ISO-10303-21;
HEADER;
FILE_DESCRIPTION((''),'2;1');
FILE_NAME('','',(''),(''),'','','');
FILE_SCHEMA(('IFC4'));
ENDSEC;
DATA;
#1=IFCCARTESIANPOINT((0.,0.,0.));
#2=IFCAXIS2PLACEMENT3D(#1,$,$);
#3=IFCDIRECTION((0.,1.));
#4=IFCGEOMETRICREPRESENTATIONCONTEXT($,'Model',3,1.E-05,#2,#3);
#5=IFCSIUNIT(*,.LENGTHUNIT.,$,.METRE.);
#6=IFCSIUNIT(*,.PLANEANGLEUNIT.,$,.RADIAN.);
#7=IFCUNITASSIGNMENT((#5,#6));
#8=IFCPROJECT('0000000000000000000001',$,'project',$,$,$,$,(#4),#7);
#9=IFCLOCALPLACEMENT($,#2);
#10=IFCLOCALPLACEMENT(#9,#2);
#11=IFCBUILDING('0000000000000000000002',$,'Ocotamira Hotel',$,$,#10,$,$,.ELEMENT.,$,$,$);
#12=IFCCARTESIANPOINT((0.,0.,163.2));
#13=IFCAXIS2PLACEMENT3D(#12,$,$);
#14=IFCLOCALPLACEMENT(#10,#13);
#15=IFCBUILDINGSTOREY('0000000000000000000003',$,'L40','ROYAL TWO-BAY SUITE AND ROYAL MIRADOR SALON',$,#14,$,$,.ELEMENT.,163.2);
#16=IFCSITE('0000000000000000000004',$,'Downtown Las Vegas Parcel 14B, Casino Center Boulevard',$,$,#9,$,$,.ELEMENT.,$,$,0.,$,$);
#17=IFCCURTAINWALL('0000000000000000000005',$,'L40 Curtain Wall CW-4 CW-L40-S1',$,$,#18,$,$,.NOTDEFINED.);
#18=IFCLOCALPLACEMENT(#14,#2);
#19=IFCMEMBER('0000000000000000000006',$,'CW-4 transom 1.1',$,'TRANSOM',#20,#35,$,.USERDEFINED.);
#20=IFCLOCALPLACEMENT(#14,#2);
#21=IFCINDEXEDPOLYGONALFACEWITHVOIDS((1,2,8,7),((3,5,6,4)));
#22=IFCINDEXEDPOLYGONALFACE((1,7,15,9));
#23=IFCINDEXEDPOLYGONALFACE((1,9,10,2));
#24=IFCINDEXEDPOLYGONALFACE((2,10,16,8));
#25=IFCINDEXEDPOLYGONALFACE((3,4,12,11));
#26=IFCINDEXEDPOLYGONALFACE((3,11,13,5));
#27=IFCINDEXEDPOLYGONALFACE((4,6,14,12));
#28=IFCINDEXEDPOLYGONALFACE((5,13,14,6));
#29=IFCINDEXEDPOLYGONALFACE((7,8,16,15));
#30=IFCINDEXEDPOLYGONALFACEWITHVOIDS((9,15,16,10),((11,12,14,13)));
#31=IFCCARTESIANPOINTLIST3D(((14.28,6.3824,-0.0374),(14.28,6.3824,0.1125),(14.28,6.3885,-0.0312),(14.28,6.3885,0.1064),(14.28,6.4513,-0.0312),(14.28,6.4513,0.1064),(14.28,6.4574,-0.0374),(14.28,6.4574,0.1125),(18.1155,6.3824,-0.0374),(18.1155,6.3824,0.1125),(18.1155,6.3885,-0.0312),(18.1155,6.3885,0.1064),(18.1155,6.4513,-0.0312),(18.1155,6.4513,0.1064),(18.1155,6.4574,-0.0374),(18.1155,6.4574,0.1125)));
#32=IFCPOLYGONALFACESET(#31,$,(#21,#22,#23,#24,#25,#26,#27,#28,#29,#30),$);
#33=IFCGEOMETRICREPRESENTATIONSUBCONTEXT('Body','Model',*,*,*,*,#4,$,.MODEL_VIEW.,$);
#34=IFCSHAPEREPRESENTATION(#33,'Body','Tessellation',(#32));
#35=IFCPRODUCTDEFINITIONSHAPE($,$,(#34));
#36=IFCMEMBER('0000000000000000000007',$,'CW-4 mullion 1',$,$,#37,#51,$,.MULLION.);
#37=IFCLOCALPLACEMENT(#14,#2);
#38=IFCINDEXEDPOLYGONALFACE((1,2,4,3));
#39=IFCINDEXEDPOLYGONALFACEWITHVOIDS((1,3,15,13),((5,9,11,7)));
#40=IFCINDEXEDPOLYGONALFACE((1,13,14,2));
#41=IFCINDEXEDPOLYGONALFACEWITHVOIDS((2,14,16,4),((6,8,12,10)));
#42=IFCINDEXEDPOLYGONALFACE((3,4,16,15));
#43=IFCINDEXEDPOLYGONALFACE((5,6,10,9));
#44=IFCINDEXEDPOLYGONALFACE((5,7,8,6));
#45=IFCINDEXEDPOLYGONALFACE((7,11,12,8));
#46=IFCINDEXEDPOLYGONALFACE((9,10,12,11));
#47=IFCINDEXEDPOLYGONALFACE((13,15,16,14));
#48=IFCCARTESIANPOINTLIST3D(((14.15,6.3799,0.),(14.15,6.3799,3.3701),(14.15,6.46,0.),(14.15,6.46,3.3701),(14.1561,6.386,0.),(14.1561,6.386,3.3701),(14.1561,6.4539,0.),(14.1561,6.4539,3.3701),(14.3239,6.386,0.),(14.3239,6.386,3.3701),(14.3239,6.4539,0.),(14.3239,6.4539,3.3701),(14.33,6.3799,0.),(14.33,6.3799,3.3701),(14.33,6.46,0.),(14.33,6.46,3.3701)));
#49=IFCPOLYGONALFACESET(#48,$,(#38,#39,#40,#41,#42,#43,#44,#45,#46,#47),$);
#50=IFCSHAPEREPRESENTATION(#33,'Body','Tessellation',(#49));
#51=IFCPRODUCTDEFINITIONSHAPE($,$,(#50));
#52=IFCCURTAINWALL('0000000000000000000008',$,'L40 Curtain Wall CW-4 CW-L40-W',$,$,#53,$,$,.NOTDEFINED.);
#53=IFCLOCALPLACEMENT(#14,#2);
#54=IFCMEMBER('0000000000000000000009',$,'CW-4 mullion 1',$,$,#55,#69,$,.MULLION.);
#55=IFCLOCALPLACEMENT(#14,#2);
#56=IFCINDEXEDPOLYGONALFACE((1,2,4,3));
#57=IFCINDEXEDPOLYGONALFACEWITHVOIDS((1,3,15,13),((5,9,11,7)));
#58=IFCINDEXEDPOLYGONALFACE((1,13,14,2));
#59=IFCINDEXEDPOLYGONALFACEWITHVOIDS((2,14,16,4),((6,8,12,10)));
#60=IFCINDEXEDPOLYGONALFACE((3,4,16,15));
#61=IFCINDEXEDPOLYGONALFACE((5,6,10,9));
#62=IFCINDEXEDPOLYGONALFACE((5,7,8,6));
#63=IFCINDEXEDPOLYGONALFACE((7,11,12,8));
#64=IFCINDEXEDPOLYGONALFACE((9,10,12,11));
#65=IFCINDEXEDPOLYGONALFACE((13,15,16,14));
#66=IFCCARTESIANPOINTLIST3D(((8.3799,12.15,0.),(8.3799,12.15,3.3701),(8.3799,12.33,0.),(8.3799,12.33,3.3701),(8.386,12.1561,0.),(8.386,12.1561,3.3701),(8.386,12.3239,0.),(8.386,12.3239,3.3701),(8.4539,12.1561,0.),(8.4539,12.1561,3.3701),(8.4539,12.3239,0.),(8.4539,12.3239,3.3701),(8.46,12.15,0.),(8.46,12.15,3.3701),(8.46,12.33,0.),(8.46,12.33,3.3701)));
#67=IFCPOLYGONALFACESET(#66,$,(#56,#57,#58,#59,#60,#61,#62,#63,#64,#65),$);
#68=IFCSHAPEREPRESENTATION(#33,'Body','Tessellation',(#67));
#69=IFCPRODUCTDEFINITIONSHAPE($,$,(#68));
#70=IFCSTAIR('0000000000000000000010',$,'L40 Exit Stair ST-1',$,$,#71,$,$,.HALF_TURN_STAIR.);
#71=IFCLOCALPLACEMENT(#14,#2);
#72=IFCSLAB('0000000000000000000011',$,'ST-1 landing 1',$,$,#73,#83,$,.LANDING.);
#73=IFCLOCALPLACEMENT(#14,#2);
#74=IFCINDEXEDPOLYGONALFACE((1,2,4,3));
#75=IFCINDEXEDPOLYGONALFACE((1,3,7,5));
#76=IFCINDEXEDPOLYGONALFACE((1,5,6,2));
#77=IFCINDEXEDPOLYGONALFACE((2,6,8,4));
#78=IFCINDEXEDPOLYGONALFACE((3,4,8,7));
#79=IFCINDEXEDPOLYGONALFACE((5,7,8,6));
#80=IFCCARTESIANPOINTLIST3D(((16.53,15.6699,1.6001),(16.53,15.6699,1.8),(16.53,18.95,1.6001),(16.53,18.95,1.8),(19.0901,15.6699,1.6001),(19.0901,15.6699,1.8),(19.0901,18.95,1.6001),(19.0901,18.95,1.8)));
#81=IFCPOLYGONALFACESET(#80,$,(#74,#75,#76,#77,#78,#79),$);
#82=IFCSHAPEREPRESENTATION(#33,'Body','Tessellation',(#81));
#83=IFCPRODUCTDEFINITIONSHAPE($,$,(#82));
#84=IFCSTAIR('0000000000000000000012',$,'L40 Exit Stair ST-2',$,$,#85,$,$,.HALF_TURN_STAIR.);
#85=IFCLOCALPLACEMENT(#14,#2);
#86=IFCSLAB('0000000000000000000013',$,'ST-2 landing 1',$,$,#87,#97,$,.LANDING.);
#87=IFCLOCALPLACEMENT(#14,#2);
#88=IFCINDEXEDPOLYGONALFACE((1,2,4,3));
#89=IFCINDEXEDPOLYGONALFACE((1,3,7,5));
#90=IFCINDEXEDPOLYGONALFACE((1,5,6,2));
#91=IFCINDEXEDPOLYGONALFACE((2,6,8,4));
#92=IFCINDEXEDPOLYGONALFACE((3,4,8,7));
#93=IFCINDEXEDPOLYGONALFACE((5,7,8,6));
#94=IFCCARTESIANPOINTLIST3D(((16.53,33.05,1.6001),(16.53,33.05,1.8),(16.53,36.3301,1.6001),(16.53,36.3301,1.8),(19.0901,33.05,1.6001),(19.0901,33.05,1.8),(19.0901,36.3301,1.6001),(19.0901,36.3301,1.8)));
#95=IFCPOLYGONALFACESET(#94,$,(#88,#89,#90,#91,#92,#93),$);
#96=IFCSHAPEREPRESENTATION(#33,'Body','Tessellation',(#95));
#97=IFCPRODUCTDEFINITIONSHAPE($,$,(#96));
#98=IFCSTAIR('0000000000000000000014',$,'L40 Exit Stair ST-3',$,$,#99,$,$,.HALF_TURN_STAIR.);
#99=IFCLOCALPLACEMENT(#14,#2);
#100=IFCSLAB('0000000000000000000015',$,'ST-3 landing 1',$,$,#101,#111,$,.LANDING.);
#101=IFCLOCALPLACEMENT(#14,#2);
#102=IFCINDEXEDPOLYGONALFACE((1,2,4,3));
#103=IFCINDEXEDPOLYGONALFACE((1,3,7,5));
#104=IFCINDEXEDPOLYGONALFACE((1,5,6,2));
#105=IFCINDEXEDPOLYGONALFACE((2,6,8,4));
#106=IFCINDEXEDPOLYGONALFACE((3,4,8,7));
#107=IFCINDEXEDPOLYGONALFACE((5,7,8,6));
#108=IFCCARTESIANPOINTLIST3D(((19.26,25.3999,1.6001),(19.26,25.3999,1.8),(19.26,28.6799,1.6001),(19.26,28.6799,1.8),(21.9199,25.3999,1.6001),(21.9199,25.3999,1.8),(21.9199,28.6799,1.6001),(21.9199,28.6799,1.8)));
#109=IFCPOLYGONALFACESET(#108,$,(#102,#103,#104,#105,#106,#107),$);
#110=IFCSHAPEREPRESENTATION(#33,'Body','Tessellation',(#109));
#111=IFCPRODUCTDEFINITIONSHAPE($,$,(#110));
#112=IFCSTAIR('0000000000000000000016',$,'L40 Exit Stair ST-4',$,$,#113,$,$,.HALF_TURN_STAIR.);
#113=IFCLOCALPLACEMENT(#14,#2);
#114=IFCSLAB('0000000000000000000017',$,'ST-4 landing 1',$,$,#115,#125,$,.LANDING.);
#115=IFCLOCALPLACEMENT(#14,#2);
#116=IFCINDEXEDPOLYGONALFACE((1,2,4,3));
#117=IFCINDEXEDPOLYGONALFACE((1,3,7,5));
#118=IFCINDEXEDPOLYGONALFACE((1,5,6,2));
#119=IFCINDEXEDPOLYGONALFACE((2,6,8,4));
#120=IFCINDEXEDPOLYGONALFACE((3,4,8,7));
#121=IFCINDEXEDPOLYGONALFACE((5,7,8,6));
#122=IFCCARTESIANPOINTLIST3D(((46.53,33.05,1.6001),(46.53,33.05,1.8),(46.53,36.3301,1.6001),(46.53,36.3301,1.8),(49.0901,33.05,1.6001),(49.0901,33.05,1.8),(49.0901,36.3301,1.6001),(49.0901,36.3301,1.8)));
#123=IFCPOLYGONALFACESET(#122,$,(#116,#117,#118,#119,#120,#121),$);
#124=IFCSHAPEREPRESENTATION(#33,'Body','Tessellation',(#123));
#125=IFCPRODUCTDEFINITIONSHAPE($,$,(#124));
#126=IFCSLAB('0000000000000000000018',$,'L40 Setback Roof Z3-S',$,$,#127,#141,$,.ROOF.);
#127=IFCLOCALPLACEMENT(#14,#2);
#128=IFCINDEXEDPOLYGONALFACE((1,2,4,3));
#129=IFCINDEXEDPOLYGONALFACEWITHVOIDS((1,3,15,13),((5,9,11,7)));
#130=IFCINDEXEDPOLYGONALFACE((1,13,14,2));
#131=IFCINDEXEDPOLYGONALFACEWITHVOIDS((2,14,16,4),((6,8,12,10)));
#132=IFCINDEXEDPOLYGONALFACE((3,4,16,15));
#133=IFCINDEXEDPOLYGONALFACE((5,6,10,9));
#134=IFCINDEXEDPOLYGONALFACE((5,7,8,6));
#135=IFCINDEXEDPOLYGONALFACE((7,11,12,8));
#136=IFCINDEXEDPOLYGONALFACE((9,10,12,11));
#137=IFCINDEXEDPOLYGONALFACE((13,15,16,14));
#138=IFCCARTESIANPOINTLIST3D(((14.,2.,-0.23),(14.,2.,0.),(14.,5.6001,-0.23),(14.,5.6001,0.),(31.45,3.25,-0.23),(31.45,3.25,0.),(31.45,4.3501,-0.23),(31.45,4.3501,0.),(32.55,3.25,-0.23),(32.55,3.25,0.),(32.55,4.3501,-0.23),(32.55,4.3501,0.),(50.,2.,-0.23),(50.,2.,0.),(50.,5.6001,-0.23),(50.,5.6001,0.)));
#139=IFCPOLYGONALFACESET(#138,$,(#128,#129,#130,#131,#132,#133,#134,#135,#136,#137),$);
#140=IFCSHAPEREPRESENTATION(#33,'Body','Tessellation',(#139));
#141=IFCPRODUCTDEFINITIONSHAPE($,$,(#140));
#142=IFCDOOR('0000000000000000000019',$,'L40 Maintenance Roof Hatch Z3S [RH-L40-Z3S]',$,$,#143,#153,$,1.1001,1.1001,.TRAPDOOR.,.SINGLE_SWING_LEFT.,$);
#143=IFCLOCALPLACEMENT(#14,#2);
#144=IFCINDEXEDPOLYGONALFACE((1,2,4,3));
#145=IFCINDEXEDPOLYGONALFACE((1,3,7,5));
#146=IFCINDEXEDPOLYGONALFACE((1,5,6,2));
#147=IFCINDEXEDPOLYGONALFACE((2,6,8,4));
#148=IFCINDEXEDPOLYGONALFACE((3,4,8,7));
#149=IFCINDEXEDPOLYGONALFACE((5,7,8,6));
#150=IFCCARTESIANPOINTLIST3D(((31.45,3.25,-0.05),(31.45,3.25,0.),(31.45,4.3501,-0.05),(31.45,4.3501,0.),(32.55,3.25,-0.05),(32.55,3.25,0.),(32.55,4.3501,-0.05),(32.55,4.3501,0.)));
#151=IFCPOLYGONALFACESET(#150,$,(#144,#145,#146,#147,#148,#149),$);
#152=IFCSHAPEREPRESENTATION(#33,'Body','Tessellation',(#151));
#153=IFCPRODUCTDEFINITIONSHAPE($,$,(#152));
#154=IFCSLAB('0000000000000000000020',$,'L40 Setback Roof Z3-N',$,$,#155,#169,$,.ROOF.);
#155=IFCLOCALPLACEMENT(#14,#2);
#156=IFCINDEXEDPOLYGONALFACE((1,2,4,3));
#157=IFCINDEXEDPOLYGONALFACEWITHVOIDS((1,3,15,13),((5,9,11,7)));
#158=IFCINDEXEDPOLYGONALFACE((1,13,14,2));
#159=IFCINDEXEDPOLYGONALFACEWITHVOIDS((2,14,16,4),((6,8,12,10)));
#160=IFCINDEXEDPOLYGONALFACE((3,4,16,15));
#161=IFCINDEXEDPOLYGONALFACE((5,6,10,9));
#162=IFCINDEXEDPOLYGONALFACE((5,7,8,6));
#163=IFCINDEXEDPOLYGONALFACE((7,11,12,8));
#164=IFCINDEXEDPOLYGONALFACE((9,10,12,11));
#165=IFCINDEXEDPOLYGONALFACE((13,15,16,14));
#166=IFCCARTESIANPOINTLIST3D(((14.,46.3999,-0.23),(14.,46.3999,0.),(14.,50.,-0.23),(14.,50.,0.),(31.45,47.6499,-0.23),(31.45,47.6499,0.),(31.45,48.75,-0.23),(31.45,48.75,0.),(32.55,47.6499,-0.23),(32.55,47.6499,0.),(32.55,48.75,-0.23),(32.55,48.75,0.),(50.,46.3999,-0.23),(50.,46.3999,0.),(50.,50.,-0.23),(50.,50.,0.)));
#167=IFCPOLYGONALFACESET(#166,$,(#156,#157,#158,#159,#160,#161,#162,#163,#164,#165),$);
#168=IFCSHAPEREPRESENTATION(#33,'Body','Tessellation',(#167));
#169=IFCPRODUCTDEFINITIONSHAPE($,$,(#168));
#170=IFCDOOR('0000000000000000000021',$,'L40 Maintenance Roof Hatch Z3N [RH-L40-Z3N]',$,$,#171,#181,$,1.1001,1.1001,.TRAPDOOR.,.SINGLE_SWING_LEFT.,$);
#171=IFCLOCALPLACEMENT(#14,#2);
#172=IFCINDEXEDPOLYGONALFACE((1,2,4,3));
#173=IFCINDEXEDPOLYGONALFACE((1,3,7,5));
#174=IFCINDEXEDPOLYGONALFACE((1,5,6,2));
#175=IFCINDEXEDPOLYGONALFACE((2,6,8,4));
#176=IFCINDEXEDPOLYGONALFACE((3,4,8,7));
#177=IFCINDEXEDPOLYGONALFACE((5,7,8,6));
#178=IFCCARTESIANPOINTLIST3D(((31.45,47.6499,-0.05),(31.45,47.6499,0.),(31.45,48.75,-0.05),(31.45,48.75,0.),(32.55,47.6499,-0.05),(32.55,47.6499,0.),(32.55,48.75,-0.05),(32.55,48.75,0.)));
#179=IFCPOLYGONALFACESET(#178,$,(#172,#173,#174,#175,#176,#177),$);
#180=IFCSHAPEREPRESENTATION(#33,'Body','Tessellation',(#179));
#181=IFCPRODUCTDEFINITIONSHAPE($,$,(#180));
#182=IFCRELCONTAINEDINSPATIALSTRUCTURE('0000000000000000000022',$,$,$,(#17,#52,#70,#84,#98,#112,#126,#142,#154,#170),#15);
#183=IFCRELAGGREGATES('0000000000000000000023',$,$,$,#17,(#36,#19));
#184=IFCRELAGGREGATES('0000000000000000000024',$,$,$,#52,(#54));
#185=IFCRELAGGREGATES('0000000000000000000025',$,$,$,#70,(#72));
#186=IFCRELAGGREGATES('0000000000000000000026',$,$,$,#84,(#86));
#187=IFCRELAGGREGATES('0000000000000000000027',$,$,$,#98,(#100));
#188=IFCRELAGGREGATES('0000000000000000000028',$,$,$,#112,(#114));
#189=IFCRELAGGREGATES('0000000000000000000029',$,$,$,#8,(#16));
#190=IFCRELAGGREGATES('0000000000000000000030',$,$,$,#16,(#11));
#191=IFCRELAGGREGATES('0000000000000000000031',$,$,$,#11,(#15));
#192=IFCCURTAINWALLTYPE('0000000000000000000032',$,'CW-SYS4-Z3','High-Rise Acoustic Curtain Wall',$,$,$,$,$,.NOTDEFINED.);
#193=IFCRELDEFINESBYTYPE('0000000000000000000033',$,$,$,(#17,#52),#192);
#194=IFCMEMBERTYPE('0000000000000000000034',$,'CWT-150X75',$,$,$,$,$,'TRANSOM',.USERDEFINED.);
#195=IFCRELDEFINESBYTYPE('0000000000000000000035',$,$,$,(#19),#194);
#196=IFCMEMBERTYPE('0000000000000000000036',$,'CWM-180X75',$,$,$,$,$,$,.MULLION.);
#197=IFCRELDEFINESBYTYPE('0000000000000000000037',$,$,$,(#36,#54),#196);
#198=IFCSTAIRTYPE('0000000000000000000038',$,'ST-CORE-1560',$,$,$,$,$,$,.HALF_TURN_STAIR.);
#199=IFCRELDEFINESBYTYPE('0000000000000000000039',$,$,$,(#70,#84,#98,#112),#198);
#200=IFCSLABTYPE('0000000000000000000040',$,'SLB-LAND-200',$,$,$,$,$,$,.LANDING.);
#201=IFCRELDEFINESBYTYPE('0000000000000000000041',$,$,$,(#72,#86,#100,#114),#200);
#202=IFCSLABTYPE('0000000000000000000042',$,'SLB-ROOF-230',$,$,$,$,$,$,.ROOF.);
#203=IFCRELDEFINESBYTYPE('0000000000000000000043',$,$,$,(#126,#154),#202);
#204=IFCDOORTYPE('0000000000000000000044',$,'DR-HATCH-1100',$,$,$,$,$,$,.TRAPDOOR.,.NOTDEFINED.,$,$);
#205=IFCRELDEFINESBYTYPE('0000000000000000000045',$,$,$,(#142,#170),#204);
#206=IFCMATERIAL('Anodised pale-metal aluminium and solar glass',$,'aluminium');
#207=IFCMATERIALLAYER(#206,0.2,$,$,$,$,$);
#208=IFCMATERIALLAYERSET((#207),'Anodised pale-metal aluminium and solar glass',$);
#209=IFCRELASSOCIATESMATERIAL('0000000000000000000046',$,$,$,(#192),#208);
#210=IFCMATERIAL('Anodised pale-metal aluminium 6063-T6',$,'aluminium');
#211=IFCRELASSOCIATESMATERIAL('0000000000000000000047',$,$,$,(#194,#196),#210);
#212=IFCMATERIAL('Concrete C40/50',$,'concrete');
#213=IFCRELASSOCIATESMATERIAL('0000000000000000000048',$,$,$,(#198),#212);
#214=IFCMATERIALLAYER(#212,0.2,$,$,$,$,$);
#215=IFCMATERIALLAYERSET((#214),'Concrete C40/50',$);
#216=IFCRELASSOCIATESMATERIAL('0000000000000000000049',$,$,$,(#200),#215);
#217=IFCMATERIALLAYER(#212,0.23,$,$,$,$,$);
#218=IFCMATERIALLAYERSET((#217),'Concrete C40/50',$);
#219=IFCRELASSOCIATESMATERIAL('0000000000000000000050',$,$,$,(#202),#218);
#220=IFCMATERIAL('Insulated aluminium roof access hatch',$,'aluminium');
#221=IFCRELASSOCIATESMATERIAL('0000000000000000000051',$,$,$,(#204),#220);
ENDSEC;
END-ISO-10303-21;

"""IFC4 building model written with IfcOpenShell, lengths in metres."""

from ifc_helpers import new_model, si_unit, direction, frame, origin, origin_2d, place, context, subcontext, project, spatial, polyline, rectangle, hollow_rectangle, outline, extrude, source, transform, mapped, material, layer, layer_set, material_profile, profile_set, type_object, element, fill, aggregate, save


model = new_model("IFC4")

# Units and contexts
model_context = context("Model", 3, precision=1e-05, world=origin(), true_north=direction((0.0, 1.0)))
body_context = subcontext(model_context, "Body", "Model", "MODEL_VIEW")
ifc_project = project(units=[si_unit("LENGTHUNIT", "METRE"), si_unit("PLANEANGLEUNIT", "RADIAN")], contexts=[model_context])

# Site, building, storey
site_placement = place(None, origin())
site = spatial("IfcSite", under=ifc_project, at=site_placement, Name="Downtown Las Vegas Parcel 14B, Casino Center Boulevard", CompositionType="ELEMENT", RefElevation=0.0)
building_placement = place(site_placement, origin())
building = spatial("IfcBuilding", under=site, at=building_placement, Name="Ocotamira Hotel", CompositionType="ELEMENT")
storey_placement = place(building_placement, frame((0.0, 0.0, 163.2)))
storey = spatial("IfcBuildingStorey", under=building, at=storey_placement, Name="L40", Description="ROYAL TWO-BAY SUITE AND ROYAL MIRADOR SALON", CompositionType="ELEMENT", Elevation=163.2)

# Curtain wall, members
ifc_material_1 = material(Name="Anodised pale-metal aluminium and solar glass", Category="aluminium")
ifc_layer_1 = layer(ifc_material_1, 0.2)
ifc_layer_set_1 = layer_set([ifc_layer_1], Name="Anodised pale-metal aluminium and solar glass")
curtain_wall_type = type_object("IfcCurtainWallType", Name="CW-SYS4-Z3", Description="High-Rise Acoustic Curtain Wall", PredefinedType="NOTDEFINED", material=ifc_layer_set_1)
curtain_wall_1_placement = place(storey_placement, origin())
curtain_wall_1 = element("IfcCurtainWall", 1, at=curtain_wall_1_placement, inside=storey, type_object=curtain_wall_type, Name="L40 Curtain Wall CW-4 CW-L40-S1", PredefinedType="NOTDEFINED")
ifc_material_2 = material(Name="Anodised pale-metal aluminium 6063-T6", Category="aluminium")
ifc_material_profile_1 = material_profile(ifc_material_2, hollow_rectangle(XDim=0.075, YDim=0.1499, WallThickness=0.0061, at=origin_2d()), Name="HSS150X75X6")
ifc_profile_set_1 = profile_set([ifc_material_profile_1], Name="Anodised pale-metal aluminium 6063-T6")
member_type_1 = type_object("IfcMemberType", Name="CWT-150X75", ElementType="TRANSOM", PredefinedType="USERDEFINED", material=ifc_profile_set_1)
shared_shape_1 = source(origin(), body_context, "Body", "SweptSolid", [
    extrude(hollow_rectangle(XDim=0.075, YDim=0.1499, WallThickness=0.0061, at=origin_2d()), origin(), (0.0, 0.0, 1.0), 3.8354),
])
member_1_placement = place(storey_placement, frame((14.28, 6.4199, 0.0376), z_axis=(1.0, 0.0, 0.0), x_axis=(0.0, 1.0, 0.0)))
member_1 = element("IfcMember", 2, at=member_1_placement, type_object=member_type_1, Name="CW-4 transom 1.1", ObjectType="TRANSOM", PredefinedType="USERDEFINED", context=body_context, shape_type="MappedRepresentation", body=[
    mapped(shared_shape_1, transform((0.0, 0.0, 0.0), scale=1.0)),
])
ifc_material_profile_2 = material_profile(ifc_material_2, hollow_rectangle(XDim=0.0801, YDim=0.1799, WallThickness=0.0061, at=origin_2d()), Name="HSS180X80X6")
ifc_profile_set_2 = profile_set([ifc_material_profile_2], Name="Anodised pale-metal aluminium 6063-T6")
member_type_2 = type_object("IfcMemberType", Name="CWM-180X75", PredefinedType="MULLION", material=ifc_profile_set_2)
shared_shape_2 = source(origin(), body_context, "Body", "SweptSolid", [
    extrude(hollow_rectangle(XDim=0.0801, YDim=0.1799, WallThickness=0.0061, at=origin_2d()), origin(), (0.0, 0.0, 1.0), 3.3701),
])
member_2_placement = place(storey_placement, frame((14.24, 6.4199, 0.0), z_axis=(0.0, 0.0, 1.0), x_axis=(0.0, 1.0, 0.0)))
member_2 = element("IfcMember", 3, at=member_2_placement, type_object=member_type_2, Name="CW-4 mullion 1", PredefinedType="MULLION", context=body_context, shape_type="MappedRepresentation", body=[
    mapped(shared_shape_2, transform((0.0, 0.0, 0.0), scale=1.0)),
])
aggregate(curtain_wall_1, [member_2, member_1])

# Curtain wall, member
curtain_wall_2_placement = place(storey_placement, origin())
curtain_wall_2 = element("IfcCurtainWall", 4, at=curtain_wall_2_placement, inside=storey, type_object=curtain_wall_type, Name="L40 Curtain Wall CW-4 CW-L40-W", PredefinedType="NOTDEFINED")
member_3_placement = place(storey_placement, frame((8.4199, 12.24, 0.0), z_axis=(0.0, 0.0, 1.0), x_axis=(-1.0, 0.0, 0.0)))
member_3 = element("IfcMember", 5, at=member_3_placement, type_object=member_type_2, Name="CW-4 mullion 1", PredefinedType="MULLION", context=body_context, shape_type="MappedRepresentation", body=[
    mapped(shared_shape_2, transform((0.0, 0.0, 0.0), scale=1.0)),
])
aggregate(curtain_wall_2, [member_3])

# Stairs, slabs
ifc_material_3 = material(Name="Concrete C40/50", Category="concrete")
stair_type = type_object("IfcStairType", Name="ST-CORE-1560", PredefinedType="HALF_TURN_STAIR", material=ifc_material_3)
stair_1_placement = place(storey_placement, origin())
stair_1 = element("IfcStair", 6, at=stair_1_placement, inside=storey, type_object=stair_type, Name="L40 Exit Stair ST-1", PredefinedType="HALF_TURN_STAIR")
ifc_layer_2 = layer(ifc_material_3, 0.2)
ifc_layer_set_2 = layer_set([ifc_layer_2], Name="Concrete C40/50")
slab_type_1 = type_object("IfcSlabType", Name="SLB-LAND-200", PredefinedType="LANDING", material=ifc_layer_set_2)
slab_1_placement = place(storey_placement, frame((0.0, 0.0, 1.6001)))
slab_1 = element("IfcSlab", 7, at=slab_1_placement, type_object=slab_type_1, Name="ST-1 landing 1", PredefinedType="LANDING", context=body_context, shape_type="SweptSolid", body=[
    extrude(outline(polyline([(16.53, 15.6699), (19.0901, 15.6699), (19.0901, 18.95), (16.53, 18.95), (16.53, 15.6699)])), origin(), (0.0, 0.0, 1.0), 0.2),
])
aggregate(stair_1, [slab_1])
stair_2_placement = place(storey_placement, origin())
stair_2 = element("IfcStair", 8, at=stair_2_placement, inside=storey, type_object=stair_type, Name="L40 Exit Stair ST-2", PredefinedType="HALF_TURN_STAIR")
slab_2_placement = place(storey_placement, frame((0.0, 0.0, 1.6001)))
slab_2 = element("IfcSlab", 9, at=slab_2_placement, type_object=slab_type_1, Name="ST-2 landing 1", PredefinedType="LANDING", context=body_context, shape_type="SweptSolid", body=[
    extrude(outline(polyline([(16.53, 33.05), (19.0901, 33.05), (19.0901, 36.3301), (16.53, 36.3301), (16.53, 33.05)])), origin(), (0.0, 0.0, 1.0), 0.2),
])
aggregate(stair_2, [slab_2])
stair_3_placement = place(storey_placement, origin())
stair_3 = element("IfcStair", 10, at=stair_3_placement, inside=storey, type_object=stair_type, Name="L40 Exit Stair ST-3", PredefinedType="HALF_TURN_STAIR")
slab_3_placement = place(storey_placement, frame((0.0, 0.0, 1.6001)))
slab_3 = element("IfcSlab", 11, at=slab_3_placement, type_object=slab_type_1, Name="ST-3 landing 1", PredefinedType="LANDING", context=body_context, shape_type="SweptSolid", body=[
    extrude(outline(polyline([(19.26, 25.3999), (21.9199, 25.3999), (21.9199, 28.6799), (19.26, 28.6799), (19.26, 25.3999)])), origin(), (0.0, 0.0, 1.0), 0.2),
])
aggregate(stair_3, [slab_3])
stair_4_placement = place(storey_placement, origin())
stair_4 = element("IfcStair", 12, at=stair_4_placement, inside=storey, type_object=stair_type, Name="L40 Exit Stair ST-4", PredefinedType="HALF_TURN_STAIR")
slab_4_placement = place(storey_placement, frame((0.0, 0.0, 1.6001)))
slab_4 = element("IfcSlab", 13, at=slab_4_placement, type_object=slab_type_1, Name="ST-4 landing 1", PredefinedType="LANDING", context=body_context, shape_type="SweptSolid", body=[
    extrude(outline(polyline([(46.53, 33.05), (49.0901, 33.05), (49.0901, 36.3301), (46.53, 36.3301), (46.53, 33.05)])), origin(), (0.0, 0.0, 1.0), 0.2),
])
aggregate(stair_4, [slab_4])

# Slabs, openings, doors
ifc_layer_3 = layer(ifc_material_3, 0.23)
ifc_layer_set_3 = layer_set([ifc_layer_3], Name="Concrete C40/50")
slab_type_2 = type_object("IfcSlabType", Name="SLB-ROOF-230", PredefinedType="ROOF", material=ifc_layer_set_3)
slab_5_placement = place(storey_placement, frame((0.0, 0.0, -0.23)))
slab_5 = element("IfcSlab", 14, at=slab_5_placement, inside=storey, type_object=slab_type_2, Name="L40 Setback Roof Z3-S", PredefinedType="ROOF", context=body_context, shape_type="SweptSolid", body=[
    extrude(outline(polyline([(14.0, 2.0), (50.0, 2.0), (50.0, 5.6001), (14.0, 5.6001), (14.0, 2.0)])), origin(), (0.0, 0.0, 1.0), 0.23),
])
opening_1_placement = place(slab_5_placement, frame((32.0, 3.8, 0.0)))
opening_1 = element("IfcOpeningElement", 15, at=opening_1_placement, cuts=slab_5, PredefinedType="OPENING", context=body_context, shape_type="SweptSolid", body=[
    extrude(rectangle(XDim=1.1001, YDim=1.1001, at=origin_2d()), frame((0.0, 0.0, -0.01)), (0.0, 0.0, 1.0), 0.25),
])
ifc_material_4 = material(Name="Insulated aluminium roof access hatch", Category="aluminium")
door_type = type_object("IfcDoorType", Name="DR-HATCH-1100", OperationType="NOTDEFINED", PredefinedType="TRAPDOOR", material=ifc_material_4)
door_1_placement = place(opening_1_placement, frame((0.0, 0.0, 0.1799)))
door_1 = element("IfcDoor", 16, at=door_1_placement, inside=storey, type_object=door_type, Name="L40 Maintenance Roof Hatch Z3S [RH-L40-Z3S]", OperationType="SINGLE_SWING_LEFT", OverallHeight=1.1001, OverallWidth=1.1001, PredefinedType="TRAPDOOR", context=body_context, shape_type="SweptSolid", body=[
    extrude(rectangle(XDim=1.1001, YDim=1.1001, at=origin_2d()), origin(), (0.0, 0.0, 1.0), 0.05),
])
fill(opening_1, door_1)
slab_6_placement = place(storey_placement, frame((0.0, 0.0, -0.23)))
slab_6 = element("IfcSlab", 17, at=slab_6_placement, inside=storey, type_object=slab_type_2, Name="L40 Setback Roof Z3-N", PredefinedType="ROOF", context=body_context, shape_type="SweptSolid", body=[
    extrude(outline(polyline([(14.0, 46.3999), (50.0, 46.3999), (50.0, 50.0), (14.0, 50.0), (14.0, 46.3999)])), origin(), (0.0, 0.0, 1.0), 0.23),
])
opening_2_placement = place(slab_6_placement, frame((32.0, 48.2, 0.0)))
opening_2 = element("IfcOpeningElement", 18, at=opening_2_placement, cuts=slab_6, PredefinedType="OPENING", context=body_context, shape_type="SweptSolid", body=[
    extrude(rectangle(XDim=1.1001, YDim=1.1001, at=origin_2d()), frame((0.0, 0.0, -0.01)), (0.0, 0.0, 1.0), 0.25),
])
door_2_placement = place(opening_2_placement, frame((0.0, 0.0, 0.1799)))
door_2 = element("IfcDoor", 19, at=door_2_placement, inside=storey, type_object=door_type, Name="L40 Maintenance Roof Hatch Z3N [RH-L40-Z3N]", OperationType="SINGLE_SWING_LEFT", OverallHeight=1.1001, OverallWidth=1.1001, PredefinedType="TRAPDOOR", context=body_context, shape_type="SweptSolid", body=[
    extrude(rectangle(XDim=1.1001, YDim=1.1001, at=origin_2d()), origin(), (0.0, 0.0, 1.0), 0.05),
])
fill(opening_2, door_2)

save(model, "model.ifc")
